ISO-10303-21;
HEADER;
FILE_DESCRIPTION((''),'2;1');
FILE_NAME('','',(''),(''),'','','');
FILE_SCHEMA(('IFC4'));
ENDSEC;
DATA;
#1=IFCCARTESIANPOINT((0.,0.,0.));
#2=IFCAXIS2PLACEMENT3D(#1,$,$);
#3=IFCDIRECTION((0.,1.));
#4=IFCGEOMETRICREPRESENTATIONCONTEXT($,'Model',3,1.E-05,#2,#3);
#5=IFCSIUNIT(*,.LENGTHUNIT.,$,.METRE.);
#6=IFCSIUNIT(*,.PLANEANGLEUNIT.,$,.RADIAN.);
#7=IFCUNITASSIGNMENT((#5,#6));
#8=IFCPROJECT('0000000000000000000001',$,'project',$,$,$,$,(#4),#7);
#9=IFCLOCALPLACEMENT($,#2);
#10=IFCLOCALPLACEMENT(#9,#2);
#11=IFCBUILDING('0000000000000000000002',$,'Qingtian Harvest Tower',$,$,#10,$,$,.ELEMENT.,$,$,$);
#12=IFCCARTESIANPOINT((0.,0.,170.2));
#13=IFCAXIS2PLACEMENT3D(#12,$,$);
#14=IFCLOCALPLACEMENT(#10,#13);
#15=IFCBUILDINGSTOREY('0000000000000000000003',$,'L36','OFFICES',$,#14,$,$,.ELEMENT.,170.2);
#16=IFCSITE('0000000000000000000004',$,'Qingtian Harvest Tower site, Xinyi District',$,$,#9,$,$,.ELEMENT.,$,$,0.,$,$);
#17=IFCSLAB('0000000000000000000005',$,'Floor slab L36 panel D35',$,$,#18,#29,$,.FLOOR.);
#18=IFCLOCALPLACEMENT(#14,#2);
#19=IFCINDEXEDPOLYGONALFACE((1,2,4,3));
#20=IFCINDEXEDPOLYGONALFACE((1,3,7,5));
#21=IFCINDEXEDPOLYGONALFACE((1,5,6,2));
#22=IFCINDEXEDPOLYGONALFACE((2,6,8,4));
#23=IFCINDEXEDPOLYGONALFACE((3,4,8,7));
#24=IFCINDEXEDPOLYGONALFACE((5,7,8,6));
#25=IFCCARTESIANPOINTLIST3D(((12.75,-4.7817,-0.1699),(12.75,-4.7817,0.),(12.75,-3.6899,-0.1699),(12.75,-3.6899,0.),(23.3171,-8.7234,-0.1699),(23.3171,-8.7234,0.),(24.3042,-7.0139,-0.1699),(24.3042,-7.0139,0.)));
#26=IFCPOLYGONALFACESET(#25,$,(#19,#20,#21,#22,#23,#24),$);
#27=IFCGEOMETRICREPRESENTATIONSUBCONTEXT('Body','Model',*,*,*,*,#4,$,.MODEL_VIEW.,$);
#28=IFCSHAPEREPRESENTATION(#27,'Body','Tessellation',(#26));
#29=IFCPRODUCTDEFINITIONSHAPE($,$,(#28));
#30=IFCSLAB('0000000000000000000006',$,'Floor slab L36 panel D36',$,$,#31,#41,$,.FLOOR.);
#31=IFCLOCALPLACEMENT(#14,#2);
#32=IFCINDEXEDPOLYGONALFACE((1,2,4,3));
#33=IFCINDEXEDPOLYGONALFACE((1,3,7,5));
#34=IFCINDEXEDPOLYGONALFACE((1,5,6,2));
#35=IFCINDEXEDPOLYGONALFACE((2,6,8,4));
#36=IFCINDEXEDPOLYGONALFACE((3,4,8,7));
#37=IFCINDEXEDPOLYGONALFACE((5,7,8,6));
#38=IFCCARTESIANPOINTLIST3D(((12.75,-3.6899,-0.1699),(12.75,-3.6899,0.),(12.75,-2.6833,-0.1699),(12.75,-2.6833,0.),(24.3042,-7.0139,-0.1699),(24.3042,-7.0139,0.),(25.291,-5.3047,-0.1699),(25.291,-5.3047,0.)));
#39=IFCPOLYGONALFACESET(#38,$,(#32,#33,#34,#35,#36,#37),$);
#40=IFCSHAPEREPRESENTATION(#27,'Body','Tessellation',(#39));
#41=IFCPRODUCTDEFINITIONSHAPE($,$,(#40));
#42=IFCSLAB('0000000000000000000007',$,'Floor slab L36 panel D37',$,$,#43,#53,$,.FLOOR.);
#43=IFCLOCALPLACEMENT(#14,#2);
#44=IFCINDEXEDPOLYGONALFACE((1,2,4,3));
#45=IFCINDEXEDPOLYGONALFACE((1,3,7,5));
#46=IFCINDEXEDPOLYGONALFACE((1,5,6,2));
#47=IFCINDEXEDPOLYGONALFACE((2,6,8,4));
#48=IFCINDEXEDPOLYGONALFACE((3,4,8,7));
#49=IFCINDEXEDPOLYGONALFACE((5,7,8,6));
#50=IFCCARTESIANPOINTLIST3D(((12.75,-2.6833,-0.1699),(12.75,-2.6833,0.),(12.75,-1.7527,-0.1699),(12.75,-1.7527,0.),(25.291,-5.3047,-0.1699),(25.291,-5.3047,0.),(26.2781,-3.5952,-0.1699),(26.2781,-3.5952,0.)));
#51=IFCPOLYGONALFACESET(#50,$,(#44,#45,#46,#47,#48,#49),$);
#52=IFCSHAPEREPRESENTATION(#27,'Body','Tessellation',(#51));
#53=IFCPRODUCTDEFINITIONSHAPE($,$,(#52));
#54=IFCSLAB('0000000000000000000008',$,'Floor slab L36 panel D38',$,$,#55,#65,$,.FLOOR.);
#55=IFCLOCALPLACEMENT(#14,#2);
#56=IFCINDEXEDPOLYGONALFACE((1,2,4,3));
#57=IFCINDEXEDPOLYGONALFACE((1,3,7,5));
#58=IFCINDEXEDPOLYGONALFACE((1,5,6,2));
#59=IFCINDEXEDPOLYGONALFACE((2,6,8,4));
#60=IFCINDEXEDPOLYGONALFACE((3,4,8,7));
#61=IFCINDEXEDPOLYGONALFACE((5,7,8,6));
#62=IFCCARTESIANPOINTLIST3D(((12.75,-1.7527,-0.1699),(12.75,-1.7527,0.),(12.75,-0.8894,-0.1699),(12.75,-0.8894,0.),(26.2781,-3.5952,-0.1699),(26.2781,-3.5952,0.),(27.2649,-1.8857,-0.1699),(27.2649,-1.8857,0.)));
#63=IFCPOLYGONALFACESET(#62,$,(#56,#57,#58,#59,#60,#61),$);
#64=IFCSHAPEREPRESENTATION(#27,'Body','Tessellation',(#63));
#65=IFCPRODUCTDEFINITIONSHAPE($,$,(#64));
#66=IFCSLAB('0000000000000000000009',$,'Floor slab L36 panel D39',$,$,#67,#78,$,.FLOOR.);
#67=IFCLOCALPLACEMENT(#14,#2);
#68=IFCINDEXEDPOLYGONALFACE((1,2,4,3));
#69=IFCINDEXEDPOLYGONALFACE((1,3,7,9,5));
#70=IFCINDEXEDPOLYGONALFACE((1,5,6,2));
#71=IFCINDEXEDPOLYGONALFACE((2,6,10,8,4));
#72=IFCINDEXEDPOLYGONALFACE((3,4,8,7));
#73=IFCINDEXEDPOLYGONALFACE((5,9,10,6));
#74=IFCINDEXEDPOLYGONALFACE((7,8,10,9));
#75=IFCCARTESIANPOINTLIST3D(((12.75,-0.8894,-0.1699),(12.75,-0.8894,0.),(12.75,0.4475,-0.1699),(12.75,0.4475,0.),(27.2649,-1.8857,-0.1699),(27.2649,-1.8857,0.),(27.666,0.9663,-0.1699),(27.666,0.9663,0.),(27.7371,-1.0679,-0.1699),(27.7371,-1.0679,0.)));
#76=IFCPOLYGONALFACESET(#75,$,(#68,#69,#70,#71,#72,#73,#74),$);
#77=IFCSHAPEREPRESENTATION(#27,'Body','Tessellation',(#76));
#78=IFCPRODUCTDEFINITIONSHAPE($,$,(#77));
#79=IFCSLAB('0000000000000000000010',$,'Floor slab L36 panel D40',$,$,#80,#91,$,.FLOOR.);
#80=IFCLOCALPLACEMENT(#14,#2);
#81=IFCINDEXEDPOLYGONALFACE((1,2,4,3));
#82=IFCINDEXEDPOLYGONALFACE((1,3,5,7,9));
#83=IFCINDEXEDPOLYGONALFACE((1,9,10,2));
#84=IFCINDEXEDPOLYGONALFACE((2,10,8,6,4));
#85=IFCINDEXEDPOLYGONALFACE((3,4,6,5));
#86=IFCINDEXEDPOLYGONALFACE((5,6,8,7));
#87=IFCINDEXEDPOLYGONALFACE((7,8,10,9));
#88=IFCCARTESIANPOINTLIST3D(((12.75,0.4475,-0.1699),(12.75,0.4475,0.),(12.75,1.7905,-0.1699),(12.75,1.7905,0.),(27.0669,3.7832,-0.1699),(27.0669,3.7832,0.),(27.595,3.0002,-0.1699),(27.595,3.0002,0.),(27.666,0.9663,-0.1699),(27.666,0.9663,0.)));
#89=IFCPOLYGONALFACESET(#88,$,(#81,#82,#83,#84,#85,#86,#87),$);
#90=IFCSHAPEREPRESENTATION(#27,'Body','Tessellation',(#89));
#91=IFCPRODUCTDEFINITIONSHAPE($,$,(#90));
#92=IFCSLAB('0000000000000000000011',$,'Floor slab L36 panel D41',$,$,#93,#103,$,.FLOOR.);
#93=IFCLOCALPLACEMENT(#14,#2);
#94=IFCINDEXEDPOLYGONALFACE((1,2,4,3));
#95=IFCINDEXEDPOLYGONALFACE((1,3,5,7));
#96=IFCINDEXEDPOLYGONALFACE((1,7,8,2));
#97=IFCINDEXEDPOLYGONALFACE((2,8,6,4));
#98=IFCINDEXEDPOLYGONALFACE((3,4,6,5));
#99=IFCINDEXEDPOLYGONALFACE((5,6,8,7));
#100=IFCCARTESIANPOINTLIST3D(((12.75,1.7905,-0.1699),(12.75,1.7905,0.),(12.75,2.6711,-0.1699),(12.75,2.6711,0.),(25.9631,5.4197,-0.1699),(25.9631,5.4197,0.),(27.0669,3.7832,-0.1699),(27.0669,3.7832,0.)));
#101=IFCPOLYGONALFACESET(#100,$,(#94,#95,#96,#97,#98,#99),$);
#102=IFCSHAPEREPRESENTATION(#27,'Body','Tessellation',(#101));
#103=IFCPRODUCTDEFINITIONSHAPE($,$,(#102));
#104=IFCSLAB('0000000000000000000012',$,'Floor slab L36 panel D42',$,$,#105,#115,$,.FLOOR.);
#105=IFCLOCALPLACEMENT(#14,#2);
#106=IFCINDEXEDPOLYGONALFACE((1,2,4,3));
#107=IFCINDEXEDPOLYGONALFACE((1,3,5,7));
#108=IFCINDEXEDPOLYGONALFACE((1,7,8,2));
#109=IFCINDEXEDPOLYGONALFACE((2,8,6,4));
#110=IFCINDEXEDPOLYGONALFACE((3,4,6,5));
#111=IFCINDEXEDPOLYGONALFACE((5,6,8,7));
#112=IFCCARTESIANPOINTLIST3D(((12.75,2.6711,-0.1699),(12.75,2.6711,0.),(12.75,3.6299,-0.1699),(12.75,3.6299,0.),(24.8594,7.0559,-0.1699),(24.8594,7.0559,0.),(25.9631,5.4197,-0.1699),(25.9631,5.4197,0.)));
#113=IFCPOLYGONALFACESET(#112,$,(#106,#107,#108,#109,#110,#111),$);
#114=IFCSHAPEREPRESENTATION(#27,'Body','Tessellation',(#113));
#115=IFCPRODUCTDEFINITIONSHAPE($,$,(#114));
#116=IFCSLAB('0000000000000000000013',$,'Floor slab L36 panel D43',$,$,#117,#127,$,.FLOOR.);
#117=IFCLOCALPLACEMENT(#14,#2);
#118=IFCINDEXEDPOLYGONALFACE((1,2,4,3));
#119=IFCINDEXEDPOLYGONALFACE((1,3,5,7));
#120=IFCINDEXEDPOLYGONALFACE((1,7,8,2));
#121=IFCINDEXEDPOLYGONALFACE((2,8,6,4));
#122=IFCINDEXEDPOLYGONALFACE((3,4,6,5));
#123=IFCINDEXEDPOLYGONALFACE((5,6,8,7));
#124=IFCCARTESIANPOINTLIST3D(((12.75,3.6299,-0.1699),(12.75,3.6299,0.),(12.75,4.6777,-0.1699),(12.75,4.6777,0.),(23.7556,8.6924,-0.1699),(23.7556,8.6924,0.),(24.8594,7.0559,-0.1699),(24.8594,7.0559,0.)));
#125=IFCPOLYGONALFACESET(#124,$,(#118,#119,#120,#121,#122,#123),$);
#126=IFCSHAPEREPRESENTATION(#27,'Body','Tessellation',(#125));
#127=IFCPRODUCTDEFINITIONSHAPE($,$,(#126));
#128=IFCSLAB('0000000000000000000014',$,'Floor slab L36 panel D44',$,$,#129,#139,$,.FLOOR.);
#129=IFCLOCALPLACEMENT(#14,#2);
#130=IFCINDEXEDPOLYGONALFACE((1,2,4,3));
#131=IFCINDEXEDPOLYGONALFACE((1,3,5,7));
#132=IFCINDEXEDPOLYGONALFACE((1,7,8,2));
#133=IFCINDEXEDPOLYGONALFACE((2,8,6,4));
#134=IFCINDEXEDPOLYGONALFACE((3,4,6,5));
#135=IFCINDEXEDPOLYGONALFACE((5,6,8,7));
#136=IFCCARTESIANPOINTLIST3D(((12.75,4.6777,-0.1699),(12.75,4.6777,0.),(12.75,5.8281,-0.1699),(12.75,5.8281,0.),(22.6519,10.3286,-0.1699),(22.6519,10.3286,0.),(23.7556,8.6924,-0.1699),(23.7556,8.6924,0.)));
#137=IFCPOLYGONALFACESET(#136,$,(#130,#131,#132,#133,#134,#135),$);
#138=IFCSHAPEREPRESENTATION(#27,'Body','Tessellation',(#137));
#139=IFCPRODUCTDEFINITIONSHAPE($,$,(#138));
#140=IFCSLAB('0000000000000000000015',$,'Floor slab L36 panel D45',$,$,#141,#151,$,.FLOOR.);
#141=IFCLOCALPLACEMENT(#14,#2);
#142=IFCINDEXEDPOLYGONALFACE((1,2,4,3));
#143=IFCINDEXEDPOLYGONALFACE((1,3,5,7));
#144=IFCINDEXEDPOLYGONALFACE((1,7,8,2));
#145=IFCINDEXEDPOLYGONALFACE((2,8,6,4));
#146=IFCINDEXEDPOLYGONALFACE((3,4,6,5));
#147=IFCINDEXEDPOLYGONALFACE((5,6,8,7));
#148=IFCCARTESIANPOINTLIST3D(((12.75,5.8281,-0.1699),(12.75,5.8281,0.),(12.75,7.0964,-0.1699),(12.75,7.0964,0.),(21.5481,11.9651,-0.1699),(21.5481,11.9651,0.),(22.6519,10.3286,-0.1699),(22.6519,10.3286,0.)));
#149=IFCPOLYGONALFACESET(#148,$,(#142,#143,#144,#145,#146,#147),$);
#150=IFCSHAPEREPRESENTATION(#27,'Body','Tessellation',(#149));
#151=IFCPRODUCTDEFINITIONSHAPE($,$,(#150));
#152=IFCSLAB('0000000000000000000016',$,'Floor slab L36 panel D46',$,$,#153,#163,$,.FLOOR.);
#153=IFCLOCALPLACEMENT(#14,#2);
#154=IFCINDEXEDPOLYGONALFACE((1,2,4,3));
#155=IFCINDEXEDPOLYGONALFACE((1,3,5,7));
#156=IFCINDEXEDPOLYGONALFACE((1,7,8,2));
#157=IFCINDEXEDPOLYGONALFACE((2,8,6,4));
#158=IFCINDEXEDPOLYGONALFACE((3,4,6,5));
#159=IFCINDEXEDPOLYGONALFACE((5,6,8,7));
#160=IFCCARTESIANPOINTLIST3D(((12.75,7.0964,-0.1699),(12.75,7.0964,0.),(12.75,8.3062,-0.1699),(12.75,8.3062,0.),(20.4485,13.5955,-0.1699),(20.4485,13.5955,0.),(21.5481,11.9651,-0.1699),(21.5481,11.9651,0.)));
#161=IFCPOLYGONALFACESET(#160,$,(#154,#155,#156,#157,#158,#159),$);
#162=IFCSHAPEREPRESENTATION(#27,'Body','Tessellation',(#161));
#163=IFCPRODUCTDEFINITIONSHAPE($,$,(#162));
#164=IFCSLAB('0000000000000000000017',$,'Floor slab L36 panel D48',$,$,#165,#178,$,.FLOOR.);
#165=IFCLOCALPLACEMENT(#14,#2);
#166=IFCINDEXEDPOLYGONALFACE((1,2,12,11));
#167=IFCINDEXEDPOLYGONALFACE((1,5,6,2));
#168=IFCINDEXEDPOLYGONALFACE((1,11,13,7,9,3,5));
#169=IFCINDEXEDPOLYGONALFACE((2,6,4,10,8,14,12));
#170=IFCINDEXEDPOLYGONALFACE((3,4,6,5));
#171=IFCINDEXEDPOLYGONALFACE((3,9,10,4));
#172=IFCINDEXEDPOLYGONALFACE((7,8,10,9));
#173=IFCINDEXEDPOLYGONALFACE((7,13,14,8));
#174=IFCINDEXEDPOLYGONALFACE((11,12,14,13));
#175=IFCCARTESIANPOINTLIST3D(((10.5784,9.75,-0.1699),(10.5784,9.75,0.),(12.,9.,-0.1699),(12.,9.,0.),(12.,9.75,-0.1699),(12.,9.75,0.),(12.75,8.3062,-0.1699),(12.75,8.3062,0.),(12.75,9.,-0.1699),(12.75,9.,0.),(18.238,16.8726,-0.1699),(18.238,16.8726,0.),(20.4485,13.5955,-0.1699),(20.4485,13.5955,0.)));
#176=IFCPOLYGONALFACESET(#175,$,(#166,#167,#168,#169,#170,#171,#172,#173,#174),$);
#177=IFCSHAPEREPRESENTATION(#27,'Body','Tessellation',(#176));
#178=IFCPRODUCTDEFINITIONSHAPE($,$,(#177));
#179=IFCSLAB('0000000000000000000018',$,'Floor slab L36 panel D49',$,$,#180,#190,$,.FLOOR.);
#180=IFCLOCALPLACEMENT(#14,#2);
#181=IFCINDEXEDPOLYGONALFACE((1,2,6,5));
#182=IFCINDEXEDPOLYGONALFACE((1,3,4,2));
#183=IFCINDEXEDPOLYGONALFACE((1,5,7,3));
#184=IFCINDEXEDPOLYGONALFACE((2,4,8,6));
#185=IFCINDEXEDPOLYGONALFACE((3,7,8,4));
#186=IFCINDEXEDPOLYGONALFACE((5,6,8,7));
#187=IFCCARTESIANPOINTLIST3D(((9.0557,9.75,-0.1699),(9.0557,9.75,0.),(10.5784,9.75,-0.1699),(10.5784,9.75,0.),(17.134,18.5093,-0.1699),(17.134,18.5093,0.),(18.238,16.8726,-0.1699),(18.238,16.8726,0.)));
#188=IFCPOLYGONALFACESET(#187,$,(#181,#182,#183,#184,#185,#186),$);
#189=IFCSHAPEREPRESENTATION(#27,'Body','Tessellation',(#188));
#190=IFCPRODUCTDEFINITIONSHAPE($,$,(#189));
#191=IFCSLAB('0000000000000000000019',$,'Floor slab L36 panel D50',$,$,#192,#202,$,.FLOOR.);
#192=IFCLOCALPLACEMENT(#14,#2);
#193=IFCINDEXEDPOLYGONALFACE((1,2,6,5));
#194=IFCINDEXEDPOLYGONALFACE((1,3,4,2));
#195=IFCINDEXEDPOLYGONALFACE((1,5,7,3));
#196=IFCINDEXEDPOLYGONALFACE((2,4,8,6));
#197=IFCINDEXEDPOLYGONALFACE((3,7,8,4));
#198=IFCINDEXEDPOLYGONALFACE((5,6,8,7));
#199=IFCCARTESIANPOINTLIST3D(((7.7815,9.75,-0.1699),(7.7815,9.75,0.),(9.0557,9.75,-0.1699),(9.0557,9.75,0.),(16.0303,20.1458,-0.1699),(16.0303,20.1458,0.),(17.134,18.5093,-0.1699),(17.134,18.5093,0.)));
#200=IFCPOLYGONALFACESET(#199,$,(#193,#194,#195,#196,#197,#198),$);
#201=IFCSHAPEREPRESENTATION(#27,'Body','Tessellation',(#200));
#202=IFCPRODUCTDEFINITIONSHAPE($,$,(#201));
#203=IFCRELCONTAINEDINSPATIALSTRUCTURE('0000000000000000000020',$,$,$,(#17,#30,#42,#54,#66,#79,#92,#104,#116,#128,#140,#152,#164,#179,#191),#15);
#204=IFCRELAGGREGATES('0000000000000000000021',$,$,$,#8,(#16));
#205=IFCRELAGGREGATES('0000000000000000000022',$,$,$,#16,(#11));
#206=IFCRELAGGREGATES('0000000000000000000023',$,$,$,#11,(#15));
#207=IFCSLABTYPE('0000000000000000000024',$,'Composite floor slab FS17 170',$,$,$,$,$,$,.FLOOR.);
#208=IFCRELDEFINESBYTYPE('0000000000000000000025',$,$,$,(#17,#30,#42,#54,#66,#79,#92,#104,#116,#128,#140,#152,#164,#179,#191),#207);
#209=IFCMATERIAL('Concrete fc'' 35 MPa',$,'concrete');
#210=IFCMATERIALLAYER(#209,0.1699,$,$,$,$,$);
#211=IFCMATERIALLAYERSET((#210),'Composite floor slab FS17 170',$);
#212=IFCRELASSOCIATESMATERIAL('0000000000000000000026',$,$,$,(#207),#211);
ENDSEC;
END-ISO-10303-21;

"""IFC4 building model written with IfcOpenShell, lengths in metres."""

from ifc_helpers import new_model, si_unit, direction, frame, origin, place, context, subcontext, project, spatial, polyline, outline, extrude, material, layer, layer_set, type_object, element, save


model = new_model("IFC4")

# Units and contexts
model_context = context("Model", 3, precision=1e-05, world=origin(), true_north=direction((0.0, 1.0)))
body_context = subcontext(model_context, "Body", "Model", "MODEL_VIEW")
ifc_project = project(units=[si_unit("LENGTHUNIT", "METRE"), si_unit("PLANEANGLEUNIT", "RADIAN")], contexts=[model_context])

# Site, building, storey
site_placement = place(None, origin())
site = spatial("IfcSite", under=ifc_project, at=site_placement, Name="Qingtian Harvest Tower site, Xinyi District", CompositionType="ELEMENT", RefElevation=0.0)
building_placement = place(site_placement, origin())
building = spatial("IfcBuilding", under=site, at=building_placement, Name="Qingtian Harvest Tower", CompositionType="ELEMENT")
storey_placement = place(building_placement, frame((0.0, 0.0, 170.2)))
storey = spatial("IfcBuildingStorey", under=building, at=storey_placement, Name="L36", Description="OFFICES", CompositionType="ELEMENT", Elevation=170.2)

# Slabs
ifc_material_1 = material(Name="Concrete fc' 35 MPa", Category="concrete")
ifc_layer_1 = layer(ifc_material_1, 0.1699)
ifc_layer_set_1 = layer_set([ifc_layer_1], Name="Composite floor slab FS17 170")
slab_type = type_object("IfcSlabType", Name="Composite floor slab FS17 170", PredefinedType="FLOOR", material=ifc_layer_set_1)
slab_1_placement = place(storey_placement, frame((0.0, 0.0, -0.1699)))
element("IfcSlab", 1, at=slab_1_placement, inside=storey, type_object=slab_type, Name="Floor slab L36 panel D35", PredefinedType="FLOOR", context=body_context, shape_type="SweptSolid", body=[
    extrude(outline(polyline([(12.75, -3.6899), (24.3042, -7.0139), (23.3171, -8.7234), (12.75, -4.7817), (12.75, -3.6899)])), origin(), (0.0, 0.0, 1.0), 0.1699),
])
slab_2_placement = place(storey_placement, frame((0.0, 0.0, -0.1699)))
element("IfcSlab", 2, at=slab_2_placement, inside=storey, type_object=slab_type, Name="Floor slab L36 panel D36", PredefinedType="FLOOR", context=body_context, shape_type="SweptSolid", body=[
    extrude(outline(polyline([(12.75, -2.6833), (25.291, -5.3047), (24.3042, -7.0139), (12.75, -3.6899), (12.75, -2.6833)])), origin(), (0.0, 0.0, 1.0), 0.1699),
])
slab_3_placement = place(storey_placement, frame((0.0, 0.0, -0.1699)))
element("IfcSlab", 3, at=slab_3_placement, inside=storey, type_object=slab_type, Name="Floor slab L36 panel D37", PredefinedType="FLOOR", context=body_context, shape_type="SweptSolid", body=[
    extrude(outline(polyline([(12.75, -1.7527), (26.2781, -3.5952), (25.291, -5.3047), (12.75, -2.6833), (12.75, -1.7527)])), origin(), (0.0, 0.0, 1.0), 0.1699),
])
slab_4_placement = place(storey_placement, frame((0.0, 0.0, -0.1699)))
element("IfcSlab", 4, at=slab_4_placement, inside=storey, type_object=slab_type, Name="Floor slab L36 panel D38", PredefinedType="FLOOR", context=body_context, shape_type="SweptSolid", body=[
    extrude(outline(polyline([(12.75, -0.8894), (27.2649, -1.8857), (26.2781, -3.5952), (12.75, -1.7527), (12.75, -0.8894)])), origin(), (0.0, 0.0, 1.0), 0.1699),
])
slab_5_placement = place(storey_placement, frame((0.0, 0.0, -0.1699)))
element("IfcSlab", 5, at=slab_5_placement, inside=storey, type_object=slab_type, Name="Floor slab L36 panel D39", PredefinedType="FLOOR", context=body_context, shape_type="SweptSolid", body=[
    extrude(outline(polyline([(12.75, -0.8894), (12.75, 0.4475), (27.666, 0.9663), (27.7371, -1.0679), (27.2649, -1.8857), (12.75, -0.8894)])), origin(), (0.0, 0.0, 1.0), 0.1699),
])
slab_6_placement = place(storey_placement, frame((0.0, 0.0, -0.1699)))
element("IfcSlab", 6, at=slab_6_placement, inside=storey, type_object=slab_type, Name="Floor slab L36 panel D40", PredefinedType="FLOOR", context=body_context, shape_type="SweptSolid", body=[
    extrude(outline(polyline([(12.75, 0.4475), (12.75, 1.7905), (27.0669, 3.7832), (27.595, 3.0002), (27.666, 0.9663), (12.75, 0.4475)])), origin(), (0.0, 0.0, 1.0), 0.1699),
])
slab_7_placement = place(storey_placement, frame((0.0, 0.0, -0.1699)))
element("IfcSlab", 7, at=slab_7_placement, inside=storey, type_object=slab_type, Name="Floor slab L36 panel D41", PredefinedType="FLOOR", context=body_context, shape_type="SweptSolid", body=[
    extrude(outline(polyline([(12.75, 2.6711), (25.9631, 5.4197), (27.0669, 3.7832), (12.75, 1.7905), (12.75, 2.6711)])), origin(), (0.0, 0.0, 1.0), 0.1699),
])
slab_8_placement = place(storey_placement, frame((0.0, 0.0, -0.1699)))
element("IfcSlab", 8, at=slab_8_placement, inside=storey, type_object=slab_type, Name="Floor slab L36 panel D42", PredefinedType="FLOOR", context=body_context, shape_type="SweptSolid", body=[
    extrude(outline(polyline([(12.75, 3.6299), (24.8594, 7.0559), (25.9631, 5.4197), (12.75, 2.6711), (12.75, 3.6299)])), origin(), (0.0, 0.0, 1.0), 0.1699),
])
slab_9_placement = place(storey_placement, frame((0.0, 0.0, -0.1699)))
element("IfcSlab", 9, at=slab_9_placement, inside=storey, type_object=slab_type, Name="Floor slab L36 panel D43", PredefinedType="FLOOR", context=body_context, shape_type="SweptSolid", body=[
    extrude(outline(polyline([(12.75, 4.6777), (23.7556, 8.6924), (24.8594, 7.0559), (12.75, 3.6299), (12.75, 4.6777)])), origin(), (0.0, 0.0, 1.0), 0.1699),
])
slab_10_placement = place(storey_placement, frame((0.0, 0.0, -0.1699)))
element("IfcSlab", 10, at=slab_10_placement, inside=storey, type_object=slab_type, Name="Floor slab L36 panel D44", PredefinedType="FLOOR", context=body_context, shape_type="SweptSolid", body=[
    extrude(outline(polyline([(12.75, 5.8281), (22.6519, 10.3286), (23.7556, 8.6924), (12.75, 4.6777), (12.75, 5.8281)])), origin(), (0.0, 0.0, 1.0), 0.1699),
])
slab_11_placement = place(storey_placement, frame((0.0, 0.0, -0.1699)))
element("IfcSlab", 11, at=slab_11_placement, inside=storey, type_object=slab_type, Name="Floor slab L36 panel D45", PredefinedType="FLOOR", context=body_context, shape_type="SweptSolid", body=[
    extrude(outline(polyline([(12.75, 7.0964), (21.5481, 11.9651), (22.6519, 10.3286), (12.75, 5.8281), (12.75, 7.0964)])), origin(), (0.0, 0.0, 1.0), 0.1699),
])
slab_12_placement = place(storey_placement, frame((0.0, 0.0, -0.1699)))
element("IfcSlab", 12, at=slab_12_placement, inside=storey, type_object=slab_type, Name="Floor slab L36 panel D46", PredefinedType="FLOOR", context=body_context, shape_type="SweptSolid", body=[
    extrude(outline(polyline([(12.75, 8.3062), (20.4485, 13.5955), (21.5481, 11.9651), (12.75, 7.0964), (12.75, 8.3062)])), origin(), (0.0, 0.0, 1.0), 0.1699),
])
slab_13_placement = place(storey_placement, frame((0.0, 0.0, -0.1699)))
element("IfcSlab", 13, at=slab_13_placement, inside=storey, type_object=slab_type, Name="Floor slab L36 panel D48", PredefinedType="FLOOR", context=body_context, shape_type="SweptSolid", body=[
    extrude(outline(polyline([(18.238, 16.8726), (20.4485, 13.5955), (12.75, 8.3062), (12.75, 9.0), (12.0, 9.0), (12.0, 9.75), (10.5784, 9.75), (18.238, 16.8726)])), origin(), (0.0, 0.0, 1.0), 0.1699),
])
slab_14_placement = place(storey_placement, frame((0.0, 0.0, -0.1699)))
element("IfcSlab", 14, at=slab_14_placement, inside=storey, type_object=slab_type, Name="Floor slab L36 panel D49", PredefinedType="FLOOR", context=body_context, shape_type="SweptSolid", body=[
    extrude(outline(polyline([(9.0557, 9.75), (17.134, 18.5093), (18.238, 16.8726), (10.5784, 9.75), (9.0557, 9.75)])), origin(), (0.0, 0.0, 1.0), 0.1699),
])
slab_15_placement = place(storey_placement, frame((0.0, 0.0, -0.1699)))
element("IfcSlab", 15, at=slab_15_placement, inside=storey, type_object=slab_type, Name="Floor slab L36 panel D50", PredefinedType="FLOOR", context=body_context, shape_type="SweptSolid", body=[
    extrude(outline(polyline([(7.7815, 9.75), (16.0303, 20.1458), (17.134, 18.5093), (9.0557, 9.75), (7.7815, 9.75)])), origin(), (0.0, 0.0, 1.0), 0.1699),
])

save(model, "model.ifc")
